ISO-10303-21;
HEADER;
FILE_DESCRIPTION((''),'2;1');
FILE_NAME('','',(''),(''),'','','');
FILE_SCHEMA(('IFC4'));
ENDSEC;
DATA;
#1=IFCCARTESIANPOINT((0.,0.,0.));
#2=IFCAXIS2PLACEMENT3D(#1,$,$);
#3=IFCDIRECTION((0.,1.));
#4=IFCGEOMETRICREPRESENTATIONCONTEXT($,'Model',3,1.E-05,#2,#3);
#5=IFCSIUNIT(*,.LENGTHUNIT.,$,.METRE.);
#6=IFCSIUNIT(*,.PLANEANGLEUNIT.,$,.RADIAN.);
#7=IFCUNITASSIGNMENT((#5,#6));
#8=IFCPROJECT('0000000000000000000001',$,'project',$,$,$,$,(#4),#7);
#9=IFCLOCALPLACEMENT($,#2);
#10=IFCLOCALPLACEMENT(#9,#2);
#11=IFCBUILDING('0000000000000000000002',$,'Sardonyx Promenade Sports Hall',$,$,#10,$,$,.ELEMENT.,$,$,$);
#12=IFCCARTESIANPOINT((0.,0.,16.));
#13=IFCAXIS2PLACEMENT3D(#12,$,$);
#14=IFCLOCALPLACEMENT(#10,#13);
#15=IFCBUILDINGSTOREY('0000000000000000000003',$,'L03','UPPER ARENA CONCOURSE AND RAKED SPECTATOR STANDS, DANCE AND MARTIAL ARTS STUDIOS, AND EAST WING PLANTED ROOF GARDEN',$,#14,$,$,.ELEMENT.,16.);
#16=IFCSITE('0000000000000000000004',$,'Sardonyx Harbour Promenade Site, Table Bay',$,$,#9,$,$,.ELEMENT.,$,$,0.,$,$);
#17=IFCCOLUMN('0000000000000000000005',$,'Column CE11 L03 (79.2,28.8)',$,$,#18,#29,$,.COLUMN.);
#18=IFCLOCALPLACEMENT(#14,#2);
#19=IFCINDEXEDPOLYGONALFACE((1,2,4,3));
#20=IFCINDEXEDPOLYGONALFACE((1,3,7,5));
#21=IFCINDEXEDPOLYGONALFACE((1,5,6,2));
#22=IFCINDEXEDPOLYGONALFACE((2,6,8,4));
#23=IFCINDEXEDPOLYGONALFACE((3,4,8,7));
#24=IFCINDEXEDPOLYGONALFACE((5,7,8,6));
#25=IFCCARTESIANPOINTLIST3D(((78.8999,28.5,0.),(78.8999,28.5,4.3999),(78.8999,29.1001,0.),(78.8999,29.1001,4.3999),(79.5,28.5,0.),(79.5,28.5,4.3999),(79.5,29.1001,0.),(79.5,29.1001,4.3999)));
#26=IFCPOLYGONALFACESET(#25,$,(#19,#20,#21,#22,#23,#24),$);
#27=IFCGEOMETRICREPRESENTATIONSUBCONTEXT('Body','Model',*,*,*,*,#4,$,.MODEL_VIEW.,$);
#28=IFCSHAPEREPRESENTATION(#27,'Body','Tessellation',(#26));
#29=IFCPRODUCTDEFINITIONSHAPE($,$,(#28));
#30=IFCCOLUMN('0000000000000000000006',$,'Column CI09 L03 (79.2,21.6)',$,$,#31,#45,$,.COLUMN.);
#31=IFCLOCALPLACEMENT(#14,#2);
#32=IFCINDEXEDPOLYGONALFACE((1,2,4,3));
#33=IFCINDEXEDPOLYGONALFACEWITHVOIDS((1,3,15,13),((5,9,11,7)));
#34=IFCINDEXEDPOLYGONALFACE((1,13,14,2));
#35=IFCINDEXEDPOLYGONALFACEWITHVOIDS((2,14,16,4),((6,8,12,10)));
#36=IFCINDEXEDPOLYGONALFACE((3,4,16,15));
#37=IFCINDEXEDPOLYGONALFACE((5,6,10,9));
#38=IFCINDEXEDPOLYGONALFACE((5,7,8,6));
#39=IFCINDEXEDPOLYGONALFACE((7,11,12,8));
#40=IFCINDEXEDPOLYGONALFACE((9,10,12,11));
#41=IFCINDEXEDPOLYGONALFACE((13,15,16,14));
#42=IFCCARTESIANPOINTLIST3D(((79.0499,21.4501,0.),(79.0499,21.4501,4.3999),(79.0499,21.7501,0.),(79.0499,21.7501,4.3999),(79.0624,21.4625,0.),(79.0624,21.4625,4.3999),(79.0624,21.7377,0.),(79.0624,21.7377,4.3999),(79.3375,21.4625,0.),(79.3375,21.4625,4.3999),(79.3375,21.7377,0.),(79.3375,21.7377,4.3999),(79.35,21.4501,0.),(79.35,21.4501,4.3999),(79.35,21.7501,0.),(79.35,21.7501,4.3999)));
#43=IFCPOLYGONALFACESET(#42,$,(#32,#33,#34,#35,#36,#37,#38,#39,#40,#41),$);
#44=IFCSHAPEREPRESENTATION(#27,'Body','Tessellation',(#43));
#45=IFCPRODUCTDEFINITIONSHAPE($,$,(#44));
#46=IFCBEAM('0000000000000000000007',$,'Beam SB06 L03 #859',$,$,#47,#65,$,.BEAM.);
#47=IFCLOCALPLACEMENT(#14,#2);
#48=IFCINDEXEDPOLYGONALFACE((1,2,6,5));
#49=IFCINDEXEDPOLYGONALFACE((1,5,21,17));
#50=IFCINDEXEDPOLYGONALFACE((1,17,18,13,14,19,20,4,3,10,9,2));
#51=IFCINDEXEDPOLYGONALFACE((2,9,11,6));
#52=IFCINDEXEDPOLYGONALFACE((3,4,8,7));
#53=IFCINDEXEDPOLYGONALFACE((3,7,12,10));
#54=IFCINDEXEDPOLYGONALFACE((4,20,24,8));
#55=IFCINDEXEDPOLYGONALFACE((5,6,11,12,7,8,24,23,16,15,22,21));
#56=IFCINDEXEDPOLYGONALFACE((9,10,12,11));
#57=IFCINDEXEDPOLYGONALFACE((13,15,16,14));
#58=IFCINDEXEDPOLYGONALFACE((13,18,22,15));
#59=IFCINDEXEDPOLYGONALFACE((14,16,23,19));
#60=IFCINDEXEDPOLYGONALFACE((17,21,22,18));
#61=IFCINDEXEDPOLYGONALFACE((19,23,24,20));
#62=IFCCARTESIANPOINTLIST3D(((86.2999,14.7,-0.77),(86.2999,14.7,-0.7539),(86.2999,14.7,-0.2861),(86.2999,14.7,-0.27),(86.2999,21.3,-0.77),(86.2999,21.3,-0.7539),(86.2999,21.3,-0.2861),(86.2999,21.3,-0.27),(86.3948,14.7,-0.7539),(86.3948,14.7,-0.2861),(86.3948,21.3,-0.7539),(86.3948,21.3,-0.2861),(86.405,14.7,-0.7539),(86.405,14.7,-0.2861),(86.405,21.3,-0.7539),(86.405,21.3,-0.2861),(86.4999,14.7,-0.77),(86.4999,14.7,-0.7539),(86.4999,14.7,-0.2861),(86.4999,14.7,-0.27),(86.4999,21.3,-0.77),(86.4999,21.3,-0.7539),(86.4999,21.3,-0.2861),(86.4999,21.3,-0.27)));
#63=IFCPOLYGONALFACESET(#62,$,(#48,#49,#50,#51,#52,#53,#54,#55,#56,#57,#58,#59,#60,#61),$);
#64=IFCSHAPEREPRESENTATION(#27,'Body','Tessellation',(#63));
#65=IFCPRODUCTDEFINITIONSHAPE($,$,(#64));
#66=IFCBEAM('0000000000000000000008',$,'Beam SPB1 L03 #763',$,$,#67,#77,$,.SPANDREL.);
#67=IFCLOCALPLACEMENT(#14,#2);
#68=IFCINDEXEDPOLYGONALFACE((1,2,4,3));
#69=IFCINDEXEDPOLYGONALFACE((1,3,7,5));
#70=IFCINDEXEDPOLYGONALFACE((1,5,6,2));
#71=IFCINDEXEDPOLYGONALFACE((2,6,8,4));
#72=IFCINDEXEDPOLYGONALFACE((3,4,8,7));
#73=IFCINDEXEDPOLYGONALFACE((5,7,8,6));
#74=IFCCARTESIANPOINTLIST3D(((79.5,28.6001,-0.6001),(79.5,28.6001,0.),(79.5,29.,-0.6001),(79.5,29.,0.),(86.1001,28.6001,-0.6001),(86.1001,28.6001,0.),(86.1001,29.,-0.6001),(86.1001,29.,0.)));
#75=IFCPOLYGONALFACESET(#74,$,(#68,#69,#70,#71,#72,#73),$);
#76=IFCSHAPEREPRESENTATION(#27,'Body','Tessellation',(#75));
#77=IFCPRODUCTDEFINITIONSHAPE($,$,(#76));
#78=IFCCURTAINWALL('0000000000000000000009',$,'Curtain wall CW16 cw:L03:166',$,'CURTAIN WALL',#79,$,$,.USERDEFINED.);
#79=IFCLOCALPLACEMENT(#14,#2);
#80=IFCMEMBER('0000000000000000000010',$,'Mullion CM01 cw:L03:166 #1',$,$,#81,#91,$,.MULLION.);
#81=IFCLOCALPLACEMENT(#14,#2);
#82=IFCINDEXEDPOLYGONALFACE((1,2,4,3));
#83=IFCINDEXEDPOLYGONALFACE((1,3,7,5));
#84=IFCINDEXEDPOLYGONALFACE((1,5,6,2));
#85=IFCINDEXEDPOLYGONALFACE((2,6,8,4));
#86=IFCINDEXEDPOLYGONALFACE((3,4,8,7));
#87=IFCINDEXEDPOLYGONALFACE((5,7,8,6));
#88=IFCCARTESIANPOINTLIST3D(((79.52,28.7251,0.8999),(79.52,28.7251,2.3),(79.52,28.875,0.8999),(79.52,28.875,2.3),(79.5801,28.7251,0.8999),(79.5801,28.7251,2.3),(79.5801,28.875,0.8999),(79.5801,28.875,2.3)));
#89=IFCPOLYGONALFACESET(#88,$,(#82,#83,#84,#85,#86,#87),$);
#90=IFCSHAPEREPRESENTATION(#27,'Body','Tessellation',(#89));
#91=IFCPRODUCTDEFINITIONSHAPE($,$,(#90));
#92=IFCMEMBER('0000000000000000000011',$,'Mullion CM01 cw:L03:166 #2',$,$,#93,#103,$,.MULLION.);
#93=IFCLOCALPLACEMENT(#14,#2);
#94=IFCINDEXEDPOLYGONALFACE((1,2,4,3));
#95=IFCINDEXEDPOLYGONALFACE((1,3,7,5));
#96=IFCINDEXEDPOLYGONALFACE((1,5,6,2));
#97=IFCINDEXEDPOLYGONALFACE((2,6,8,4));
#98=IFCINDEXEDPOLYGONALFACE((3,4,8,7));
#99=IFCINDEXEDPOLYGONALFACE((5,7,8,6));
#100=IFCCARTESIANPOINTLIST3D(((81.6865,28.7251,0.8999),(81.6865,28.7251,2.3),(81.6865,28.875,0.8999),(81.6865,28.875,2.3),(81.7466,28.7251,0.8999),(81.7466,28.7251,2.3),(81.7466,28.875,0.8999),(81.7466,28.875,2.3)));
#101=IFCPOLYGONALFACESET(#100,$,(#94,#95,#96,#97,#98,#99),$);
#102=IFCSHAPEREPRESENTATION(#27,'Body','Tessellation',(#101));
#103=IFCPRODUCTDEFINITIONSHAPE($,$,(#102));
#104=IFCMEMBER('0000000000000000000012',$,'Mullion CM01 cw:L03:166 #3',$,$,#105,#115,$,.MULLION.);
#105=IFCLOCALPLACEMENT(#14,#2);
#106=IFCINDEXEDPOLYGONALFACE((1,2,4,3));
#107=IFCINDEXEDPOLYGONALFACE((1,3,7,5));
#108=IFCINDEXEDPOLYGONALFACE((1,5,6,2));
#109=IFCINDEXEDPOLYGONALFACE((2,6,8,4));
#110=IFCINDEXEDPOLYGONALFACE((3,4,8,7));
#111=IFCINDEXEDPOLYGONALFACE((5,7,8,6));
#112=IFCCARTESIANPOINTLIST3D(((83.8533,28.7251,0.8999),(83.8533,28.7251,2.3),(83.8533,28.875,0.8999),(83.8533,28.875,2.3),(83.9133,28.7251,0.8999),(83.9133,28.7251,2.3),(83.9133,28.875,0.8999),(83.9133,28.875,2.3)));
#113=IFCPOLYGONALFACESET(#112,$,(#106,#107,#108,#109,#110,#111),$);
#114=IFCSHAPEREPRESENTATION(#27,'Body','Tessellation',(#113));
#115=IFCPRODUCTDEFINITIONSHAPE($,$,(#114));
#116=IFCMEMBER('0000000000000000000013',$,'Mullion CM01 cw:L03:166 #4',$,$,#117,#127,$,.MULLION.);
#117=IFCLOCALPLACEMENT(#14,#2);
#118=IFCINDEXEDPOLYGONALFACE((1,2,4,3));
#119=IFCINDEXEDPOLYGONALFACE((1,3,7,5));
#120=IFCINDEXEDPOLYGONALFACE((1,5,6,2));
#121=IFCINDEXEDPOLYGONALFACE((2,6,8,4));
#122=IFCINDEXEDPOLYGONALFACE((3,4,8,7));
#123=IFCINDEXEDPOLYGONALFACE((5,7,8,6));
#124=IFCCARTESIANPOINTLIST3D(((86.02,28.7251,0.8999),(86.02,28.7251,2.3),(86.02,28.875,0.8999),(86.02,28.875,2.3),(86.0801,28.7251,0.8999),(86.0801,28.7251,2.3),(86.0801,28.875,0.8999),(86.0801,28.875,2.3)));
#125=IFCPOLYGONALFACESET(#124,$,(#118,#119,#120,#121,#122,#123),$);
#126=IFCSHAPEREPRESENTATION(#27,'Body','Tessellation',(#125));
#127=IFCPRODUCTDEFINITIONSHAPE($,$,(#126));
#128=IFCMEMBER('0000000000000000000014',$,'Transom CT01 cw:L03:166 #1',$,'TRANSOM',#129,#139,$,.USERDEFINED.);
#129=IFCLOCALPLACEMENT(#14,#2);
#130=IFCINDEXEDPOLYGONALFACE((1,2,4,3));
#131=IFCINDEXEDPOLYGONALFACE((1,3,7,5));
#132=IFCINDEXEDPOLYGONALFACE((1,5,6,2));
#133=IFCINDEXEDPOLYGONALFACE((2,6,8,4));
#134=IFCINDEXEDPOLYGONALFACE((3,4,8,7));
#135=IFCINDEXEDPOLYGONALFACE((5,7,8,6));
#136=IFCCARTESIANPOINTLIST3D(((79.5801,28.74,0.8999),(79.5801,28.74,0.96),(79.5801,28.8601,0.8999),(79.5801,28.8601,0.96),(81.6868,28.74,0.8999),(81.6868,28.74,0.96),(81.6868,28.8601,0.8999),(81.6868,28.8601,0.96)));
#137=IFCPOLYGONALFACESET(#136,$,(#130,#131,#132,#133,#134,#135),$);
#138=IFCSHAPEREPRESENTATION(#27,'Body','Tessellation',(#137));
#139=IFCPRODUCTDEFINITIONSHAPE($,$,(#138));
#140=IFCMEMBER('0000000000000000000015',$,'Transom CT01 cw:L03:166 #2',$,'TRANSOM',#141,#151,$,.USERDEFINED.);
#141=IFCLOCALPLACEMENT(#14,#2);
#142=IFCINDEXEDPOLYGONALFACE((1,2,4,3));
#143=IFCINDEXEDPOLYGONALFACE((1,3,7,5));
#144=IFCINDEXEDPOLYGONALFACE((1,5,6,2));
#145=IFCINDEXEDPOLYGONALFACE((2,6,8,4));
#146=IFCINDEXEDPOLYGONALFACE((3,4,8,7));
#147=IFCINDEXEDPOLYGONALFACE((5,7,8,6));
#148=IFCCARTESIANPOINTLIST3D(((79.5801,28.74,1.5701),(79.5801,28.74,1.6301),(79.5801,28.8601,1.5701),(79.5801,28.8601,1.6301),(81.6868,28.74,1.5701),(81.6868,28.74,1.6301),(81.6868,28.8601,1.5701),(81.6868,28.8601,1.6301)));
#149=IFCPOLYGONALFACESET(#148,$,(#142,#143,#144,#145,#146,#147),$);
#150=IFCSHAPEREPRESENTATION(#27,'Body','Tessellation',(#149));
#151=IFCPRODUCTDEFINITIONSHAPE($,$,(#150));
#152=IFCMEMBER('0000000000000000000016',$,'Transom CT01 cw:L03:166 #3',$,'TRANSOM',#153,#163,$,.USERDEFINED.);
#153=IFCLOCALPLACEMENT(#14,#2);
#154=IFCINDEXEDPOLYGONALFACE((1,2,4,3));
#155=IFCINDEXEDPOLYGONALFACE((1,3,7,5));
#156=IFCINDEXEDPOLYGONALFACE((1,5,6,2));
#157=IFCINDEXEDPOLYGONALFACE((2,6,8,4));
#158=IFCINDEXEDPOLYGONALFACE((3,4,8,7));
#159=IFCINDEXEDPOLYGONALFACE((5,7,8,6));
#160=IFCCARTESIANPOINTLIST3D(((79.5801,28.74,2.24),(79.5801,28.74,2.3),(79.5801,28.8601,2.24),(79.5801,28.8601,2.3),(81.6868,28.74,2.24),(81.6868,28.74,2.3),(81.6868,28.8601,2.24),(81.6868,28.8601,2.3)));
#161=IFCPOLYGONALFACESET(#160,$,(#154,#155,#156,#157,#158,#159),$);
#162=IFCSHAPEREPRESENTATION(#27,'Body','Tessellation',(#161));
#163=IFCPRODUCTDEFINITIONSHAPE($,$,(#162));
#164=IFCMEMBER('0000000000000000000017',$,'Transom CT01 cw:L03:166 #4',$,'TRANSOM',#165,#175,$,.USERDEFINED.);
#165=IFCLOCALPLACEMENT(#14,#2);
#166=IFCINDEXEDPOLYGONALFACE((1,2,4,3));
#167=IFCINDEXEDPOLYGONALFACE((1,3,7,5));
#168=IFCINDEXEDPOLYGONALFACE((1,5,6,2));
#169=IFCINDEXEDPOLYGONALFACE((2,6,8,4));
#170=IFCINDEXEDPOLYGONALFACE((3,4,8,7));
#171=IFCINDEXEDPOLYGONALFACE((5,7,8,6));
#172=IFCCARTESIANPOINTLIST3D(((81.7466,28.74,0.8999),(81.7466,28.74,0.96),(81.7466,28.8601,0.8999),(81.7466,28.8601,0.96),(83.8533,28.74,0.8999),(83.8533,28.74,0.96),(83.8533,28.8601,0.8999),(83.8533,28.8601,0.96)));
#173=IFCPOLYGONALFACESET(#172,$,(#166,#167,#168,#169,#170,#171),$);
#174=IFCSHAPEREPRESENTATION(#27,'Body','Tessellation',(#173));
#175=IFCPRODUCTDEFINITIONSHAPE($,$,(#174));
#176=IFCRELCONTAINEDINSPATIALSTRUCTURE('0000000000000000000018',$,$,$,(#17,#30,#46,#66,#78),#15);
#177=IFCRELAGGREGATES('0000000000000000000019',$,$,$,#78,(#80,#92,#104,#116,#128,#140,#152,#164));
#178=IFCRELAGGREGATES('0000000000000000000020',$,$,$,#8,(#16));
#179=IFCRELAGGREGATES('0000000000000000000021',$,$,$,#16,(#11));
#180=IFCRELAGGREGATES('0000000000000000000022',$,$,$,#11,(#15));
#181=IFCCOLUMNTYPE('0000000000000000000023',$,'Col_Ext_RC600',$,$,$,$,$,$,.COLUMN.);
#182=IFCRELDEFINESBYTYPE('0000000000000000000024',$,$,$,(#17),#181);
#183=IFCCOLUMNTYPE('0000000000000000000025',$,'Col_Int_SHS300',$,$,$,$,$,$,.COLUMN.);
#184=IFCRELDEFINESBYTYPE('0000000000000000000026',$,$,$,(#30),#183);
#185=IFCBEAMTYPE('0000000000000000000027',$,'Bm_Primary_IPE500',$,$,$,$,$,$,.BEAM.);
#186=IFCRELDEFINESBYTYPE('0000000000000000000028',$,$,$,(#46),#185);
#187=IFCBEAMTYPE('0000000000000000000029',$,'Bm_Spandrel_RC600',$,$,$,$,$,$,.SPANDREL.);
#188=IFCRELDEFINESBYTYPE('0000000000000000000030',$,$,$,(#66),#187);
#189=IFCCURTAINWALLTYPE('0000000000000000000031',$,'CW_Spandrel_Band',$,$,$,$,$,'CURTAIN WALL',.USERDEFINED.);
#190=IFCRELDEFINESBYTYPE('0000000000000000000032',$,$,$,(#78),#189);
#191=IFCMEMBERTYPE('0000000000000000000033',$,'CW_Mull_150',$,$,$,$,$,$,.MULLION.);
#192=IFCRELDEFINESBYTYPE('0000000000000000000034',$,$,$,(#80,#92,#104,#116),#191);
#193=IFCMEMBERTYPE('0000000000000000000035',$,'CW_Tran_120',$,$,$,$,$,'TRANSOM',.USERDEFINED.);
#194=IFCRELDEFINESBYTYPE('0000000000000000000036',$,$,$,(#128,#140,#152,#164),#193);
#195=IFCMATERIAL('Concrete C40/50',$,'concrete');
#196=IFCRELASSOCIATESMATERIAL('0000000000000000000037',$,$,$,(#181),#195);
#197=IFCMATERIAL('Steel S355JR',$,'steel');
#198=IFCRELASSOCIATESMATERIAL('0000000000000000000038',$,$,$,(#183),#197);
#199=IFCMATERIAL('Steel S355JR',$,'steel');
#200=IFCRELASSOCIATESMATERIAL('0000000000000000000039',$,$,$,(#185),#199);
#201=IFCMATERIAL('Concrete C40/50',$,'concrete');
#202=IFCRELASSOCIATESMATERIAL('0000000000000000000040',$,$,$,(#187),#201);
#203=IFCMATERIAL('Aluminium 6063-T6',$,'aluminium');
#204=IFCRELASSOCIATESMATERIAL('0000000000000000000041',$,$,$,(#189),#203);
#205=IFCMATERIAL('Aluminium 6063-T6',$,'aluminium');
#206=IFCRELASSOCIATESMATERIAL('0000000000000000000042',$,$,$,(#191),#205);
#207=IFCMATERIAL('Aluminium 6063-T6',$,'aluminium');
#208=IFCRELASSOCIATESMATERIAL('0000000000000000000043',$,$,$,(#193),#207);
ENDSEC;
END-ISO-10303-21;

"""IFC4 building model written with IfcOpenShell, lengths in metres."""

from ifc_helpers import new_model, si_unit, direction, frame, origin, origin_2d, place, context, subcontext, project, spatial, rectangle, hollow_rectangle, i_section, extrude, material, material_profile, profile_set, type_object, element, aggregate, save


model = new_model("IFC4")

# Units and contexts
model_context = context("Model", 3, precision=1e-05, world=origin(), true_north=direction((0.0, 1.0)))
body_context = subcontext(model_context, "Body", "Model", "MODEL_VIEW")
ifc_project = project(units=[si_unit("LENGTHUNIT", "METRE"), si_unit("PLANEANGLEUNIT", "RADIAN")], contexts=[model_context])

# Site, building, storey
site_placement = place(None, origin())
site = spatial("IfcSite", under=ifc_project, at=site_placement, Name="Sardonyx Harbour Promenade Site, Table Bay", CompositionType="ELEMENT", RefElevation=0.0)
building_placement = place(site_placement, origin())
building = spatial("IfcBuilding", under=site, at=building_placement, Name="Sardonyx Promenade Sports Hall", CompositionType="ELEMENT")
storey_placement = place(building_placement, frame((0.0, 0.0, 16.0)))
storey = spatial("IfcBuildingStorey", under=building, at=storey_placement, Name="L03", Description="UPPER ARENA CONCOURSE AND RAKED SPECTATOR STANDS, DANCE AND MARTIAL ARTS STUDIOS, AND EAST WING PLANTED ROOF GARDEN", CompositionType="ELEMENT", Elevation=16.0)

# Columns
ifc_material_1 = material(Name="Concrete C40/50", Category="concrete")
ifc_material_profile_1 = material_profile(ifc_material_1, rectangle(XDim=0.6001, YDim=0.6001, at=origin_2d()))
ifc_profile_set_1 = profile_set([ifc_material_profile_1], Name="Concrete C40/50")
column_type_1 = type_object("IfcColumnType", Name="Col_Ext_RC600", PredefinedType="COLUMN", material=ifc_profile_set_1)
column_1_placement = place(storey_placement, frame((79.2, 28.8, 0.0), z_axis=(0.0, 0.0, 1.0), x_axis=(1.0, 0.0, 0.0)))
element("IfcColumn", 1, at=column_1_placement, inside=storey, type_object=column_type_1, Name="Column CE11 L03 (79.2,28.8)", PredefinedType="COLUMN", context=body_context, shape_type="SweptSolid", body=[
    extrude(rectangle(XDim=0.6001, YDim=0.6001, at=origin_2d()), origin(), (0.0, 0.0, 1.0), 4.3999),
])
ifc_material_2 = material(Name="Steel S355JR", Category="steel")
ifc_material_profile_2 = material_profile(ifc_material_2, hollow_rectangle(XDim=0.3, YDim=0.3, WallThickness=0.0125, at=origin_2d()))
ifc_profile_set_2 = profile_set([ifc_material_profile_2], Name="Steel S355JR")
column_type_2 = type_object("IfcColumnType", Name="Col_Int_SHS300", PredefinedType="COLUMN", material=ifc_profile_set_2)
column_2_placement = place(storey_placement, frame((79.2, 21.6001, 0.0), z_axis=(0.0, 0.0, 1.0), x_axis=(1.0, 0.0, 0.0)))
element("IfcColumn", 2, at=column_2_placement, inside=storey, type_object=column_type_2, Name="Column CI09 L03 (79.2,21.6)", PredefinedType="COLUMN", context=body_context, shape_type="SweptSolid", body=[
    extrude(hollow_rectangle(XDim=0.3, YDim=0.3, WallThickness=0.0125, at=origin_2d()), origin(), (0.0, 0.0, 1.0), 4.3999),
])

# Beams
ifc_material_3 = material(Name="Steel S355JR", Category="steel")
ifc_material_profile_3 = material_profile(ifc_material_3, i_section(OverallWidth=0.2, OverallDepth=0.5, WebThickness=0.0103, FlangeThickness=0.0161, at=origin_2d()))
ifc_profile_set_3 = profile_set([ifc_material_profile_3], Name="Steel S355JR")
beam_type_1 = type_object("IfcBeamType", Name="Bm_Primary_IPE500", PredefinedType="BEAM", material=ifc_profile_set_3)
beam_1_placement = place(storey_placement, frame((86.3999, 14.7, -0.52), z_axis=(0.0, 1.0, 0.0), x_axis=(-1.0, 0.0, 0.0)))
element("IfcBeam", 3, at=beam_1_placement, inside=storey, type_object=beam_type_1, Name="Beam SB06 L03 #859", PredefinedType="BEAM", context=body_context, shape_type="SweptSolid", body=[
    extrude(i_section(OverallWidth=0.2, OverallDepth=0.5, WebThickness=0.0103, FlangeThickness=0.0161, at=origin_2d()), origin(), (0.0, 0.0, 1.0), 6.6001),
])
ifc_material_4 = material(Name="Concrete C40/50", Category="concrete")
ifc_material_profile_4 = material_profile(ifc_material_4, rectangle(XDim=0.3999, YDim=0.6001, at=origin_2d()))
ifc_profile_set_4 = profile_set([ifc_material_profile_4], Name="Concrete C40/50")
beam_type_2 = type_object("IfcBeamType", Name="Bm_Spandrel_RC600", PredefinedType="SPANDREL", material=ifc_profile_set_4)
beam_2_placement = place(storey_placement, frame((79.5, 28.8, -0.3), z_axis=(1.0, 0.0, 0.0), x_axis=(0.0, 1.0, 0.0)))
element("IfcBeam", 4, at=beam_2_placement, inside=storey, type_object=beam_type_2, Name="Beam SPB1 L03 #763", PredefinedType="SPANDREL", context=body_context, shape_type="SweptSolid", body=[
    extrude(rectangle(XDim=0.3999, YDim=0.6001, at=origin_2d()), origin(), (0.0, 0.0, 1.0), 6.6001),
])

# Curtain wall, members
ifc_material_5 = material(Name="Aluminium 6063-T6", Category="aluminium")
curtain_wall_type = type_object("IfcCurtainWallType", Name="CW_Spandrel_Band", ElementType="CURTAIN WALL", PredefinedType="USERDEFINED", material=ifc_material_5)
curtain_wall_placement = place(storey_placement, origin())
curtain_wall = element("IfcCurtainWall", 5, at=curtain_wall_placement, inside=storey, type_object=curtain_wall_type, Name="Curtain wall CW16 cw:L03:166", ObjectType="CURTAIN WALL", PredefinedType="USERDEFINED")
ifc_material_6 = material(Name="Aluminium 6063-T6", Category="aluminium")
ifc_material_profile_5 = material_profile(ifc_material_6, rectangle(XDim=0.0601, YDim=0.1499, at=origin_2d()))
ifc_profile_set_5 = profile_set([ifc_material_profile_5], Name="Aluminium 6063-T6")
member_type_1 = type_object("IfcMemberType", Name="CW_Mull_150", PredefinedType="MULLION", material=ifc_profile_set_5)
member_1_placement = place(storey_placement, frame((79.55, 28.8, 0.8999), z_axis=(0.0, 0.0, 1.0), x_axis=(1.0, 0.0, 0.0)))
member_1 = element("IfcMember", 6, at=member_1_placement, type_object=member_type_1, Name="Mullion CM01 cw:L03:166 #1", PredefinedType="MULLION", context=body_context, shape_type="SweptSolid", body=[
    extrude(rectangle(XDim=0.0601, YDim=0.1499, at=origin_2d()), origin(), (0.0, 0.0, 1.0), 1.4001),
])
member_2_placement = place(storey_placement, frame((81.7166, 28.8, 0.8999), z_axis=(0.0, 0.0, 1.0), x_axis=(1.0, 0.0, 0.0)))
member_2 = element("IfcMember", 7, at=member_2_placement, type_object=member_type_1, Name="Mullion CM01 cw:L03:166 #2", PredefinedType="MULLION", context=body_context, shape_type="SweptSolid", body=[
    extrude(rectangle(XDim=0.0601, YDim=0.1499, at=origin_2d()), origin(), (0.0, 0.0, 1.0), 1.4001),
])
member_3_placement = place(storey_placement, frame((83.8833, 28.8, 0.8999), z_axis=(0.0, 0.0, 1.0), x_axis=(1.0, 0.0, 0.0)))
member_3 = element("IfcMember", 8, at=member_3_placement, type_object=member_type_1, Name="Mullion CM01 cw:L03:166 #3", PredefinedType="MULLION", context=body_context, shape_type="SweptSolid", body=[
    extrude(rectangle(XDim=0.0601, YDim=0.1499, at=origin_2d()), origin(), (0.0, 0.0, 1.0), 1.4001),
])
member_4_placement = place(storey_placement, frame((86.05, 28.8, 0.8999), z_axis=(0.0, 0.0, 1.0), x_axis=(1.0, 0.0, 0.0)))
member_4 = element("IfcMember", 9, at=member_4_placement, type_object=member_type_1, Name="Mullion CM01 cw:L03:166 #4", PredefinedType="MULLION", context=body_context, shape_type="SweptSolid", body=[
    extrude(rectangle(XDim=0.0601, YDim=0.1499, at=origin_2d()), origin(), (0.0, 0.0, 1.0), 1.4001),
])
ifc_material_7 = material(Name="Aluminium 6063-T6", Category="aluminium")
ifc_material_profile_6 = material_profile(ifc_material_7, rectangle(XDim=0.0601, YDim=0.1201, at=origin_2d()))
ifc_profile_set_6 = profile_set([ifc_material_profile_6], Name="Aluminium 6063-T6")
member_type_2 = type_object("IfcMemberType", Name="CW_Tran_120", ElementType="TRANSOM", PredefinedType="USERDEFINED", material=ifc_profile_set_6)
member_5_placement = place(storey_placement, frame((79.5801, 28.8, 0.9299), z_axis=(1.0, 0.0, 0.0), x_axis=(0.0, 0.0, 1.0)))
member_5 = element("IfcMember", 10, at=member_5_placement, type_object=member_type_2, Name="Transom CT01 cw:L03:166 #1", ObjectType="TRANSOM", PredefinedType="USERDEFINED", context=body_context, shape_type="SweptSolid", body=[
    extrude(rectangle(XDim=0.0601, YDim=0.1201, at=origin_2d()), origin(), (0.0, 0.0, 1.0), 2.1067),
])
member_6_placement = place(storey_placement, frame((79.5801, 28.8, 1.6001), z_axis=(1.0, 0.0, 0.0), x_axis=(0.0, 0.0, 1.0)))
member_6 = element("IfcMember", 11, at=member_6_placement, type_object=member_type_2, Name="Transom CT01 cw:L03:166 #2", ObjectType="TRANSOM", PredefinedType="USERDEFINED", context=body_context, shape_type="SweptSolid", body=[
    extrude(rectangle(XDim=0.0601, YDim=0.1201, at=origin_2d()), origin(), (0.0, 0.0, 1.0), 2.1067),
])
member_7_placement = place(storey_placement, frame((79.5801, 28.8, 2.27), z_axis=(1.0, 0.0, 0.0), x_axis=(0.0, 0.0, 1.0)))
member_7 = element("IfcMember", 12, at=member_7_placement, type_object=member_type_2, Name="Transom CT01 cw:L03:166 #3", ObjectType="TRANSOM", PredefinedType="USERDEFINED", context=body_context, shape_type="SweptSolid", body=[
    extrude(rectangle(XDim=0.0601, YDim=0.1201, at=origin_2d()), origin(), (0.0, 0.0, 1.0), 2.1067),
])
member_8_placement = place(storey_placement, frame((81.7466, 28.8, 0.9299), z_axis=(1.0, 0.0, 0.0), x_axis=(0.0, 0.0, 1.0)))
member_8 = element("IfcMember", 13, at=member_8_placement, type_object=member_type_2, Name="Transom CT01 cw:L03:166 #4", ObjectType="TRANSOM", PredefinedType="USERDEFINED", context=body_context, shape_type="SweptSolid", body=[
    extrude(rectangle(XDim=0.0601, YDim=0.1201, at=origin_2d()), origin(), (0.0, 0.0, 1.0), 2.1067),
])
aggregate(curtain_wall, [member_1, member_2, member_3, member_4, member_5, member_6, member_7, member_8])

save(model, "model.ifc")
